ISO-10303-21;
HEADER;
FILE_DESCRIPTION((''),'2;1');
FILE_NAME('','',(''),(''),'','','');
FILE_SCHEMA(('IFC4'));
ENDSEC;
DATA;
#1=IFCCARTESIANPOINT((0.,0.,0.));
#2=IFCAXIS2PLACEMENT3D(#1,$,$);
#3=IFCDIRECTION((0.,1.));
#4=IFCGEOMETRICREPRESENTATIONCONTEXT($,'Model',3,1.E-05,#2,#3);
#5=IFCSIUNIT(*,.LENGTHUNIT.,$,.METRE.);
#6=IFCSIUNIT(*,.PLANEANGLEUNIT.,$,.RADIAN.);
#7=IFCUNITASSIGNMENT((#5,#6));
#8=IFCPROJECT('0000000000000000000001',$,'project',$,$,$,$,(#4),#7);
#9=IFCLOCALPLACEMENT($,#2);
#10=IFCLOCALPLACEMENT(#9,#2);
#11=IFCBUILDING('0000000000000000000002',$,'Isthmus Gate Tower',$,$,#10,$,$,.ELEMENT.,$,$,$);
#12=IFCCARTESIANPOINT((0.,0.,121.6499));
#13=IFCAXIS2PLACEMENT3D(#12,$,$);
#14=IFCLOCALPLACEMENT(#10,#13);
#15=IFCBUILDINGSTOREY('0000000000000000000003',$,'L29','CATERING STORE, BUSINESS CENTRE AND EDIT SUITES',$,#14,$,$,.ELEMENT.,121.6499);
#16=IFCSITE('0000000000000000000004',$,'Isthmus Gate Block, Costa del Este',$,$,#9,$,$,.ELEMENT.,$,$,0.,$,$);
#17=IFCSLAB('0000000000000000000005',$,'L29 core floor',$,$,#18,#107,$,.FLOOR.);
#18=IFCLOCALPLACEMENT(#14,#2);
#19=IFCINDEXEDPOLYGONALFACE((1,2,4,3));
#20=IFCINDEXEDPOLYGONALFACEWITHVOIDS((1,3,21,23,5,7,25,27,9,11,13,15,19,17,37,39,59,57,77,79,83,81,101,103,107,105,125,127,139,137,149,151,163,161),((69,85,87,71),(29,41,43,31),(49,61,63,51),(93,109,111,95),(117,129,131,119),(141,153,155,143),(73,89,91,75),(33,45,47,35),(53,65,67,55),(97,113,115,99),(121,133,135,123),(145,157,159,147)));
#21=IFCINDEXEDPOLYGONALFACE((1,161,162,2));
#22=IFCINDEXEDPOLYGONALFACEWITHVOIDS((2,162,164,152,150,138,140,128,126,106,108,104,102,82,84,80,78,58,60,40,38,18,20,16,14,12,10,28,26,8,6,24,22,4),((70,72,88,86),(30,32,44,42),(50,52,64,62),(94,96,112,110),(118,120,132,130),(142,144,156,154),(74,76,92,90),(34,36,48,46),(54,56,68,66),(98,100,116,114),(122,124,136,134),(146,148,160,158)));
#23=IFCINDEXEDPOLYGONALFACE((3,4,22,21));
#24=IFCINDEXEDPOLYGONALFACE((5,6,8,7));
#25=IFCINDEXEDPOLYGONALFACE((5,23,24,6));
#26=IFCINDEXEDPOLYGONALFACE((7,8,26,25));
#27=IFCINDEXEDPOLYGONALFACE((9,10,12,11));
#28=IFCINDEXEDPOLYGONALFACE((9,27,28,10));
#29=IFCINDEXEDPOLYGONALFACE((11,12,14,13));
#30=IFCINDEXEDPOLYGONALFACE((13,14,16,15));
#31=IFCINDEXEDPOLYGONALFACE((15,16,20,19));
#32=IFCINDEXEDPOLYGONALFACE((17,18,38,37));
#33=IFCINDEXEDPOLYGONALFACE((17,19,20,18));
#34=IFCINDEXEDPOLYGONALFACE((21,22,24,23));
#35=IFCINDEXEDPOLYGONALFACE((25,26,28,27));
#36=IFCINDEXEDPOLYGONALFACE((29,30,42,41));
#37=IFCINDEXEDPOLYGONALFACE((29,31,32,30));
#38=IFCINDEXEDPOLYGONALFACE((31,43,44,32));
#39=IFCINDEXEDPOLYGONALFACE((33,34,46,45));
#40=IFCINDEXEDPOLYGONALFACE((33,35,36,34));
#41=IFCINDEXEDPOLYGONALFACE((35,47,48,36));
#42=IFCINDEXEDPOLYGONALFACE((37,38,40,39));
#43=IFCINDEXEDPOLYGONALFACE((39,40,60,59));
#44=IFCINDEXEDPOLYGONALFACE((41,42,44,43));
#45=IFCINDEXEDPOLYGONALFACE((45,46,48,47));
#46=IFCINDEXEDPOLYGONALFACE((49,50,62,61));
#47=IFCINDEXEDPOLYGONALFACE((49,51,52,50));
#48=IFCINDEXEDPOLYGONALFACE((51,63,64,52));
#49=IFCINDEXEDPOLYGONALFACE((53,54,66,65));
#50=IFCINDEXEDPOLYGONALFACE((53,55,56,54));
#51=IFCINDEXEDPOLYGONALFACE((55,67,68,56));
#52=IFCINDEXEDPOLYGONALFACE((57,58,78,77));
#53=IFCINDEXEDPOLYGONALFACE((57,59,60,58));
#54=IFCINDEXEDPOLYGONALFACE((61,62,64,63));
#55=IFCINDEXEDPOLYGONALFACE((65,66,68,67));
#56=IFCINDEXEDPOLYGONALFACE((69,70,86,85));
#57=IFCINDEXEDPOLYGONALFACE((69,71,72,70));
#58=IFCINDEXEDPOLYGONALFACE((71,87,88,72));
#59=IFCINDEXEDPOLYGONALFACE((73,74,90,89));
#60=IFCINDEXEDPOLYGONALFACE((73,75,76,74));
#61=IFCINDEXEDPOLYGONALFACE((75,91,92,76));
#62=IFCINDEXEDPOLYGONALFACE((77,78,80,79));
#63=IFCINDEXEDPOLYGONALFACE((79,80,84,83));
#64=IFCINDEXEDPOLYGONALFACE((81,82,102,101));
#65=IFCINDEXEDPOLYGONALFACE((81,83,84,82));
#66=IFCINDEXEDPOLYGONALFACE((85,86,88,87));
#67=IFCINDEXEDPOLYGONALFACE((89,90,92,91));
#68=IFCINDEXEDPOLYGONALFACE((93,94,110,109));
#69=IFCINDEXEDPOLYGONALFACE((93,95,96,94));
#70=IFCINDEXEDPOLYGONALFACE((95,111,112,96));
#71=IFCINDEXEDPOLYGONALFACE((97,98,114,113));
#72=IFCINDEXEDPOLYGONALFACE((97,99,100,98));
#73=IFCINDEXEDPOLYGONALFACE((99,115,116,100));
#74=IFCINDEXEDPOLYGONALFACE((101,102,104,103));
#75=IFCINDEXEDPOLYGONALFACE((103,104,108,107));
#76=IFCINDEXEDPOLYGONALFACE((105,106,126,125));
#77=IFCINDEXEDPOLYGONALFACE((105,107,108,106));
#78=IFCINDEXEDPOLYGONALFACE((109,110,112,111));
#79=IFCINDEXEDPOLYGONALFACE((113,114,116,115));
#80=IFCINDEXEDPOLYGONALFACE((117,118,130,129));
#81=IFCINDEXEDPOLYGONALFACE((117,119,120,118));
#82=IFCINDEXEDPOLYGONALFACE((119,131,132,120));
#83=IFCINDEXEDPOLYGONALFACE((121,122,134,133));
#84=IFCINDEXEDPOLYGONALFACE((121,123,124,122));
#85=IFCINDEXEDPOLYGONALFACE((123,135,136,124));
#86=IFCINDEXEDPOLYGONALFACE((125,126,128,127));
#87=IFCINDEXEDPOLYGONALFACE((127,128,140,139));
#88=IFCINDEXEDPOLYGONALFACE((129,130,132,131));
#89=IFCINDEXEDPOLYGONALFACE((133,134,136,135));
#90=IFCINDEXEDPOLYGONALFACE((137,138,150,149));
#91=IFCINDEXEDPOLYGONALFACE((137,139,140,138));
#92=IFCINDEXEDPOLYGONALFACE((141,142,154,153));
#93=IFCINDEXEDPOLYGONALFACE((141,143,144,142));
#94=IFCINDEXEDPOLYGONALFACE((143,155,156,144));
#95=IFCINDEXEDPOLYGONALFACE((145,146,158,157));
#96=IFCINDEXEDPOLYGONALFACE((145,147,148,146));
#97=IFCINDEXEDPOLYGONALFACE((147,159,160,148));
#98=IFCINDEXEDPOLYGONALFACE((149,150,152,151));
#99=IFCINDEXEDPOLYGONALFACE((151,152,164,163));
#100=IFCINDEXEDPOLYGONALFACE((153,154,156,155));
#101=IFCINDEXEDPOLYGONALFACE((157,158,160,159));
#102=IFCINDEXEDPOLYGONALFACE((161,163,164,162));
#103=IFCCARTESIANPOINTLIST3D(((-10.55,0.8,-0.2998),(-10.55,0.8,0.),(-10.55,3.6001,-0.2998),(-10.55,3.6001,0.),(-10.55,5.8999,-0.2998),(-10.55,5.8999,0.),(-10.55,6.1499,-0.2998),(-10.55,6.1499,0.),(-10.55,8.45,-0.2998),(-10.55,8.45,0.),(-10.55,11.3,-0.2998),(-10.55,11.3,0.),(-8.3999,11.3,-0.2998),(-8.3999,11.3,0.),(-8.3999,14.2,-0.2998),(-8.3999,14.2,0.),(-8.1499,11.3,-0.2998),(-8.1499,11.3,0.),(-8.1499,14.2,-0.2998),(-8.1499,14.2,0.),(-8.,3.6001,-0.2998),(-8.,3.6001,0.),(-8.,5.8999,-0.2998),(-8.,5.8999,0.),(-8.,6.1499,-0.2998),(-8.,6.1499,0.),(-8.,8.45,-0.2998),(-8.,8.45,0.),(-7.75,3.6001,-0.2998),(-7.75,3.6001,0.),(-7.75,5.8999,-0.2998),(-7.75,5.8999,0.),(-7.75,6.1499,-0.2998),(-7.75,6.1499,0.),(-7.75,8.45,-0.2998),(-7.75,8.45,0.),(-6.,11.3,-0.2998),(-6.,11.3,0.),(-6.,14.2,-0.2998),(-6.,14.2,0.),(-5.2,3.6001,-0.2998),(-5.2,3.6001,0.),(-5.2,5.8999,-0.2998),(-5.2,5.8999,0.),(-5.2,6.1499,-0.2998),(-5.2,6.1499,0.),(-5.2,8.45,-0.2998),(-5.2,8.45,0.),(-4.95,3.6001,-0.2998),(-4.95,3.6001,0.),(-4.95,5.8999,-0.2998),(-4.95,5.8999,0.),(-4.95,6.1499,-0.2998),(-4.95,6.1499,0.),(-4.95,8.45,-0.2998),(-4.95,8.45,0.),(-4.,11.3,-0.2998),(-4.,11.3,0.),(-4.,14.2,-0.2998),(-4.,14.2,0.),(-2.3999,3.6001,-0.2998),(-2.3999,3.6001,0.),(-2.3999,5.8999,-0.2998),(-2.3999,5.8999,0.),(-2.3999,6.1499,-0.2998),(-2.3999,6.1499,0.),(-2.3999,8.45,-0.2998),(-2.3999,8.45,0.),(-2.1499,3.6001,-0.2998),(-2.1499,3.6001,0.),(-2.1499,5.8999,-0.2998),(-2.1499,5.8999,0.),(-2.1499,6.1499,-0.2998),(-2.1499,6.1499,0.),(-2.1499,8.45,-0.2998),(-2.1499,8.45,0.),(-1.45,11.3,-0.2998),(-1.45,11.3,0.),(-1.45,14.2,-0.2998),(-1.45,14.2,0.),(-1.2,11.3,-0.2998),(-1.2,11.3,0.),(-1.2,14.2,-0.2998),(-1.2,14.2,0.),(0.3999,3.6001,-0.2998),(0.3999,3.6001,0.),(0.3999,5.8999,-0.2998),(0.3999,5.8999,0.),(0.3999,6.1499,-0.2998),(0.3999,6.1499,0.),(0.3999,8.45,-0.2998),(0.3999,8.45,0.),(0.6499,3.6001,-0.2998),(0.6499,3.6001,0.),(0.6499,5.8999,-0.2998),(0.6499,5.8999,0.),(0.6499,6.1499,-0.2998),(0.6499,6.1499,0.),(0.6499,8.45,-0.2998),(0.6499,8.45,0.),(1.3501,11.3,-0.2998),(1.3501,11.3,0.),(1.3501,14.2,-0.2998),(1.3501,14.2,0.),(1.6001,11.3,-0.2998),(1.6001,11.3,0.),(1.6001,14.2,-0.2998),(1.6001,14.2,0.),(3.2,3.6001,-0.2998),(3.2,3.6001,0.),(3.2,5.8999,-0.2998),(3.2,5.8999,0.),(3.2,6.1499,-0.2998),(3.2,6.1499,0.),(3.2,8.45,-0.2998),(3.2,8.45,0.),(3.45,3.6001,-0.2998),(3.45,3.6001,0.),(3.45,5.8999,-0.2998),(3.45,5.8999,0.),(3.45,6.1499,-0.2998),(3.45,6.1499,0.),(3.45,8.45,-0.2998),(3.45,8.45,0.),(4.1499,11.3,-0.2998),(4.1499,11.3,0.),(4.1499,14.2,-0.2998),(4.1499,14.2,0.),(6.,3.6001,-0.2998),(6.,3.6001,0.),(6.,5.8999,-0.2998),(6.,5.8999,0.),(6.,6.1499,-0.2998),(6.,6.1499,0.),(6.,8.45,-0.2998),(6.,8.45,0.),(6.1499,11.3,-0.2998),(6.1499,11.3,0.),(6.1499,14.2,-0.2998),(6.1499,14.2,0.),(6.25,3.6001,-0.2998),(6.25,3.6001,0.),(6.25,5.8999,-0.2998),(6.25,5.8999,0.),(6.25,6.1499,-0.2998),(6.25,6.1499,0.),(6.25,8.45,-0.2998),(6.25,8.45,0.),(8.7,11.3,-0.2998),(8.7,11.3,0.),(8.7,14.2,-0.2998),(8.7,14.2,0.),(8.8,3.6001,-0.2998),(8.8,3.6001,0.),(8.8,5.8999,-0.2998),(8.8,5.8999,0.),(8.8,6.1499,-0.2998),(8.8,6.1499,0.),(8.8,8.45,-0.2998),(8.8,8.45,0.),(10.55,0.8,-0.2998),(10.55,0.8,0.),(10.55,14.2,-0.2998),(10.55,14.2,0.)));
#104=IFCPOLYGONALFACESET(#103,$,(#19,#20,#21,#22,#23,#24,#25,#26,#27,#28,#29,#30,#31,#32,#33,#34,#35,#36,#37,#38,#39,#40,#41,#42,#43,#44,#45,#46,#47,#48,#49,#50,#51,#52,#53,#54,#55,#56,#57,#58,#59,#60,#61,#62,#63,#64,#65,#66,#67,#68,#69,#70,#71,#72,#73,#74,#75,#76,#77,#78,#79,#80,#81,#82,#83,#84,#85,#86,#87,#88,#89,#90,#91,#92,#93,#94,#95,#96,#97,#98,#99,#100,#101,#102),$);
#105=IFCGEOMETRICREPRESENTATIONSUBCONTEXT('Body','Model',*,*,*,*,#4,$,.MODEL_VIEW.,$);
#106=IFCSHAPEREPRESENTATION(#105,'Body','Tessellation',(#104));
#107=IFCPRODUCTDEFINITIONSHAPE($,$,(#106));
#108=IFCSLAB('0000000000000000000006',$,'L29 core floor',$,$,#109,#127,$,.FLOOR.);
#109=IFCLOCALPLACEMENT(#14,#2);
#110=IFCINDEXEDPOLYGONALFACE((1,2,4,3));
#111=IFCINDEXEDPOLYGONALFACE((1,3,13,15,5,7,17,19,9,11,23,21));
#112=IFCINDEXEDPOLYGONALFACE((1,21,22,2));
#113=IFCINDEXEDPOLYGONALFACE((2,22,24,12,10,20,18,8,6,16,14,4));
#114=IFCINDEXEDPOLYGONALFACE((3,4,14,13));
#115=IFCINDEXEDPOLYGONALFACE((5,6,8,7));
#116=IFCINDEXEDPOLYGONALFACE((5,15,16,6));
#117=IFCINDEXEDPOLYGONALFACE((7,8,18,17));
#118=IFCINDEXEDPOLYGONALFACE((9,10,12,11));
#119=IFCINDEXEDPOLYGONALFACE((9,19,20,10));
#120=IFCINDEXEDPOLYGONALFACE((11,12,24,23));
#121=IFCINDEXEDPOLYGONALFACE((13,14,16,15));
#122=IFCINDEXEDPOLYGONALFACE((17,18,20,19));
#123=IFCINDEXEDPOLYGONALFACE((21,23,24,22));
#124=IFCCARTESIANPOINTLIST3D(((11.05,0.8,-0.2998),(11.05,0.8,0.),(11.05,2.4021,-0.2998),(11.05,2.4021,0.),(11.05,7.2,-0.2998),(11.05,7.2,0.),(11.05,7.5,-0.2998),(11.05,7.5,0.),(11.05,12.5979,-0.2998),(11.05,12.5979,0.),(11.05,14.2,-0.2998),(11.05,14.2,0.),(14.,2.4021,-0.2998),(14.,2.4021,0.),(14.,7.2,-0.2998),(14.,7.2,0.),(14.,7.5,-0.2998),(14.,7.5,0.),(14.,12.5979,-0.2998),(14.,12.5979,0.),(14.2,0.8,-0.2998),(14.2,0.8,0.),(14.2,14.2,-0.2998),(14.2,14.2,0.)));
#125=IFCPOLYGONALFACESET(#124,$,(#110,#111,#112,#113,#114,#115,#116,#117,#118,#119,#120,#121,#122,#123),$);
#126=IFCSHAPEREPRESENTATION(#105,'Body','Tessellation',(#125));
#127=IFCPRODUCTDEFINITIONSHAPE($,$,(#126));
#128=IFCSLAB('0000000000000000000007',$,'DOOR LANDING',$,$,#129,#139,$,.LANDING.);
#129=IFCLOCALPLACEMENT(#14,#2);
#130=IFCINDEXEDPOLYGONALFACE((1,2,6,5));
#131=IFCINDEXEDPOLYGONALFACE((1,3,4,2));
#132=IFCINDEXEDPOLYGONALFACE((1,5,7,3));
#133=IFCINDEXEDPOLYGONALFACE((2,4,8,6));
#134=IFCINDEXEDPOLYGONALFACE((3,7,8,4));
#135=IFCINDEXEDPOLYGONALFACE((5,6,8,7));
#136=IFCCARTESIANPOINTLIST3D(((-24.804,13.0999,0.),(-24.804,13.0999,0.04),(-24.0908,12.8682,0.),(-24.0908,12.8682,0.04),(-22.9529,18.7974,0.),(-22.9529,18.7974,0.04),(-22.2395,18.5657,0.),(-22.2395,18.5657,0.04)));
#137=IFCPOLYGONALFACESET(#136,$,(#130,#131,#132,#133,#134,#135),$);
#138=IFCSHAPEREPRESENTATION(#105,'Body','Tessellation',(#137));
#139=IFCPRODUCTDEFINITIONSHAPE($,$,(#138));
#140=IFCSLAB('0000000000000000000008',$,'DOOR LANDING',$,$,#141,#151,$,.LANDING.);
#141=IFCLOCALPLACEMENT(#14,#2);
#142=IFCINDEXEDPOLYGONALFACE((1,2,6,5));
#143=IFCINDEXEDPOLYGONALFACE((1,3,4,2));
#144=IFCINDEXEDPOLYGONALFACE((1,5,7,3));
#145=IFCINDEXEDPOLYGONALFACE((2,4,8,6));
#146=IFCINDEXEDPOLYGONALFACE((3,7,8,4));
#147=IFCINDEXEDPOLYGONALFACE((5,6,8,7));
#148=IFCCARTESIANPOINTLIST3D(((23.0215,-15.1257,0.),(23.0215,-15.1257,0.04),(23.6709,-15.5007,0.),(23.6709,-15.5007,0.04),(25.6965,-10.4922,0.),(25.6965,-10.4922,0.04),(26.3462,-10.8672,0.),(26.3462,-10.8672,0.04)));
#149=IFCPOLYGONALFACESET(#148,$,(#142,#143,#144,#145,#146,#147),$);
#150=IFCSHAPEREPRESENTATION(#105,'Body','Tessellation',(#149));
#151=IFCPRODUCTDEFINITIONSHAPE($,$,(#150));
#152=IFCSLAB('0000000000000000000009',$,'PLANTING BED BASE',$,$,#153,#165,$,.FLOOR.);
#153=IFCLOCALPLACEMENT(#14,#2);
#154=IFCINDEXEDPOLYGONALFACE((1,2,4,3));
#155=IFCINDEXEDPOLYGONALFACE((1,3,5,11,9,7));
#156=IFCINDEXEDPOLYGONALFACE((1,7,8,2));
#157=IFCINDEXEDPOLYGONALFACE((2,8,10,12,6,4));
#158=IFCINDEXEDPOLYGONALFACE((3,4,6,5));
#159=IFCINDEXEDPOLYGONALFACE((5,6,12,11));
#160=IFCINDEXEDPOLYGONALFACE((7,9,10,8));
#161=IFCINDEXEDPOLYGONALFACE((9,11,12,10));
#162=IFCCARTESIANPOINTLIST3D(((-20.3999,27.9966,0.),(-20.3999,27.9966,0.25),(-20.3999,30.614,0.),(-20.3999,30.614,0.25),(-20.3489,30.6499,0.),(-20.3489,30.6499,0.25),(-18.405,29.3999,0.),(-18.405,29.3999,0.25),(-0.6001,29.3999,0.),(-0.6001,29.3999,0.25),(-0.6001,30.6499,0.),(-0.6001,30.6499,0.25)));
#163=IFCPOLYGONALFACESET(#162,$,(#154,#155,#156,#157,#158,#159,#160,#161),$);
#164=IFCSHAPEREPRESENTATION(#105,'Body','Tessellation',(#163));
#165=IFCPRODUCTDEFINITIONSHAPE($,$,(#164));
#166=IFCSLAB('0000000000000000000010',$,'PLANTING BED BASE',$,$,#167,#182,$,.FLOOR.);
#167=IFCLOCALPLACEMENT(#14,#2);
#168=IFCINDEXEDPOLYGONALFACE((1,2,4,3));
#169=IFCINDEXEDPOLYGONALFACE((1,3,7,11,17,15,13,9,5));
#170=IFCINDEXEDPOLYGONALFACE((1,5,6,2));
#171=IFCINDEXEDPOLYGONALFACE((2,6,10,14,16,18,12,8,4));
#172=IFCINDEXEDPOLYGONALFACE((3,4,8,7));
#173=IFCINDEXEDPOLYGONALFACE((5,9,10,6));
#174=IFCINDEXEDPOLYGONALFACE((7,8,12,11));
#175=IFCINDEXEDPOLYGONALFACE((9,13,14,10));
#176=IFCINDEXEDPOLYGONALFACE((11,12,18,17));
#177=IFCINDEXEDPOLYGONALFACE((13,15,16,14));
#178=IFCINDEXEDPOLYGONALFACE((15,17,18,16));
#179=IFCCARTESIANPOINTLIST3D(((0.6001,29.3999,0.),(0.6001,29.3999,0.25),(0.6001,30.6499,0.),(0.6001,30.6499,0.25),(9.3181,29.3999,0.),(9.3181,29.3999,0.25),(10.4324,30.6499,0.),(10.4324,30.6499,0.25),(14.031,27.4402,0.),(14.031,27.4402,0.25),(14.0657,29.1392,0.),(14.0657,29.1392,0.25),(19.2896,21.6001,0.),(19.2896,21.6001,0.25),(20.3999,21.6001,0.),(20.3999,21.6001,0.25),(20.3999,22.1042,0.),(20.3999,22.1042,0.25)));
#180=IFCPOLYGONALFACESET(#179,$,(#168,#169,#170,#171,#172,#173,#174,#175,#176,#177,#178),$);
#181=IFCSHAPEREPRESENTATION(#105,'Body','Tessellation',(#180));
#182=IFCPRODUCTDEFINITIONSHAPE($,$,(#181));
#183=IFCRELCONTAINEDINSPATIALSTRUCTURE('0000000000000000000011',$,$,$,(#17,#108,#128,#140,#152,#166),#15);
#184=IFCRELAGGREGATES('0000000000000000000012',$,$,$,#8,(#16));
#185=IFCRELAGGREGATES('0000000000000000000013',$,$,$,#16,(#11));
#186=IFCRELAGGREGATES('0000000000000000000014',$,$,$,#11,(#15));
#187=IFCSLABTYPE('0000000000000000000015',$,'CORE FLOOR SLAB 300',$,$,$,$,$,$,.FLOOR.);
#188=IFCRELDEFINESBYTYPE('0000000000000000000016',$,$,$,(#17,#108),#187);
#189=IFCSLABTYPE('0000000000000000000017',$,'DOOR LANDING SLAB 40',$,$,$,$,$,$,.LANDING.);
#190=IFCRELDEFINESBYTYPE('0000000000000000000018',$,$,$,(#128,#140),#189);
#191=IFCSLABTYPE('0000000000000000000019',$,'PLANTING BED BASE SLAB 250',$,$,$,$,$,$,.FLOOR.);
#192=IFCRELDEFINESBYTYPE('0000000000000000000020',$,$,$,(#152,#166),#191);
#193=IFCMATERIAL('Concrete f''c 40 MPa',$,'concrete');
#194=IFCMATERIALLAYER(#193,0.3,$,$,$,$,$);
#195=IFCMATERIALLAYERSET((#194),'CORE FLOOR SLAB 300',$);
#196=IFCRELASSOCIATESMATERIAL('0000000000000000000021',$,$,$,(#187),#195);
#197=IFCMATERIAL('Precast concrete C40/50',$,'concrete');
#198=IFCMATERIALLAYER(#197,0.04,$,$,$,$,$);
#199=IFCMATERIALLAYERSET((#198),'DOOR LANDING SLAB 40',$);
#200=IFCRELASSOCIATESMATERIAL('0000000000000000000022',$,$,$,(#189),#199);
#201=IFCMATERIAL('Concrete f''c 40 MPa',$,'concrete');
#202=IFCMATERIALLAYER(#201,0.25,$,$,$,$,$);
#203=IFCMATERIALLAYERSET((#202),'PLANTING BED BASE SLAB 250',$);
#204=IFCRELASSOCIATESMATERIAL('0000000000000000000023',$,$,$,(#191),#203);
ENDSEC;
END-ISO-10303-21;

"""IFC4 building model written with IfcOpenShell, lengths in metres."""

from ifc_helpers import new_model, si_unit, direction, frame, origin, place, context, subcontext, project, spatial, polyline, outline, extrude, material, layer, layer_set, type_object, element, save


model = new_model("IFC4")

# Units and contexts
model_context = context("Model", 3, precision=1e-05, world=origin(), true_north=direction((0.0, 1.0)))
body_context = subcontext(model_context, "Body", "Model", "MODEL_VIEW")
ifc_project = project(units=[si_unit("LENGTHUNIT", "METRE"), si_unit("PLANEANGLEUNIT", "RADIAN")], contexts=[model_context])

# Site, building, storey
site_placement = place(None, origin())
site = spatial("IfcSite", under=ifc_project, at=site_placement, Name="Isthmus Gate Block, Costa del Este", CompositionType="ELEMENT", RefElevation=0.0)
building_placement = place(site_placement, origin())
building = spatial("IfcBuilding", under=site, at=building_placement, Name="Isthmus Gate Tower", CompositionType="ELEMENT")
storey_placement = place(building_placement, frame((0.0, 0.0, 121.6499)))
storey = spatial("IfcBuildingStorey", under=building, at=storey_placement, Name="L29", Description="CATERING STORE, BUSINESS CENTRE AND EDIT SUITES", CompositionType="ELEMENT", Elevation=121.6499)

# Slabs
ifc_material_1 = material(Name="Concrete f'c 40 MPa", Category="concrete")
ifc_layer_1 = layer(ifc_material_1, 0.3)
ifc_layer_set_1 = layer_set([ifc_layer_1], Name="CORE FLOOR SLAB 300")
slab_type_1 = type_object("IfcSlabType", Name="CORE FLOOR SLAB 300", PredefinedType="FLOOR", material=ifc_layer_set_1)
slab_1_placement = place(storey_placement, frame((0.0, 0.0, -0.2998)))
element("IfcSlab", 1, at=slab_1_placement, inside=storey, type_object=slab_type_1, Name="L29 core floor", PredefinedType="FLOOR", context=body_context, shape_type="SweptSolid", body=[
    extrude(outline(polyline([(10.55, 14.2), (8.7, 14.2), (8.7, 11.3), (6.1499, 11.3), (6.1499, 14.2), (4.1499, 14.2), (4.1499, 11.3), (1.6001, 11.3), (1.6001, 14.2), (1.3501, 14.2), (1.3501, 11.3), (-1.2, 11.3), (-1.2, 14.2), (-1.45, 14.2), (-1.45, 11.3), (-4.0, 11.3), (-4.0, 14.2), (-6.0, 14.2), (-6.0, 11.3), (-8.1499, 11.3), (-8.1499, 14.2), (-8.3999, 14.2), (-8.3999, 11.3), (-10.55, 11.3), (-10.55, 8.45), (-8.0, 8.45), (-8.0, 6.1499), (-10.55, 6.1499), (-10.55, 5.8999), (-8.0, 5.8999), (-8.0, 3.6001), (-10.55, 3.6001), (-10.55, 0.8), (10.55, 0.8), (10.55, 14.2)]), holes=[polyline([(-5.2, 3.6001), (-7.75, 3.6001), (-7.75, 5.8999), (-5.2, 5.8999), (-5.2, 3.6001)]), polyline([(-2.3999, 3.6001), (-4.95, 3.6001), (-4.95, 5.8999), (-2.3999, 5.8999), (-2.3999, 3.6001)]), polyline([(-5.2, 6.1499), (-7.75, 6.1499), (-7.75, 8.45), (-5.2, 8.45), (-5.2, 6.1499)]), polyline([(-2.3999, 8.45), (-2.3999, 6.1499), (-4.95, 6.1499), (-4.95, 8.45), (-2.3999, 8.45)]), polyline([(0.3999, 6.1499), (-2.1499, 6.1499), (-2.1499, 8.45), (0.3999, 8.45), (0.3999, 6.1499)]), polyline([(0.3999, 5.8999), (0.3999, 3.6001), (-2.1499, 3.6001), (-2.1499, 5.8999), (0.3999, 5.8999)]), polyline([(3.2, 3.6001), (0.6499, 3.6001), (0.6499, 5.8999), (3.2, 5.8999), (3.2, 3.6001)]), polyline([(6.0, 3.6001), (3.45, 3.6001), (3.45, 5.8999), (6.0, 5.8999), (6.0, 3.6001)]), polyline([(8.8, 5.8999), (8.8, 3.6001), (6.25, 3.6001), (6.25, 5.8999), (8.8, 5.8999)]), polyline([(3.2, 6.1499), (0.6499, 6.1499), (0.6499, 8.45), (3.2, 8.45), (3.2, 6.1499)]), polyline([(6.0, 8.45), (6.0, 6.1499), (3.45, 6.1499), (3.45, 8.45), (6.0, 8.45)]), polyline([(8.8, 6.1499), (6.25, 6.1499), (6.25, 8.45), (8.8, 8.45), (8.8, 6.1499)])]), origin(), (0.0, 0.0, 1.0), 0.2998),
])
slab_2_placement = place(storey_placement, frame((0.0, 0.0, -0.2998)))
element("IfcSlab", 2, at=slab_2_placement, inside=storey, type_object=slab_type_1, Name="L29 core floor", PredefinedType="FLOOR", context=body_context, shape_type="SweptSolid", body=[
    extrude(outline(polyline([(11.05, 14.2), (11.05, 12.5979), (14.0, 12.5979), (14.0, 7.5), (11.05, 7.5), (11.05, 7.2), (14.0, 7.2), (14.0, 2.4021), (11.05, 2.4021), (11.05, 0.8), (14.2, 0.8), (14.2, 14.2), (11.05, 14.2)])), origin(), (0.0, 0.0, 1.0), 0.2998),
])
ifc_material_2 = material(Name="Precast concrete C40/50", Category="concrete")
ifc_layer_2 = layer(ifc_material_2, 0.04)
ifc_layer_set_2 = layer_set([ifc_layer_2], Name="DOOR LANDING SLAB 40")
slab_type_2 = type_object("IfcSlabType", Name="DOOR LANDING SLAB 40", PredefinedType="LANDING", material=ifc_layer_set_2)
slab_3_placement = place(storey_placement, origin())
element("IfcSlab", 3, at=slab_3_placement, inside=storey, type_object=slab_type_2, Name="DOOR LANDING", PredefinedType="LANDING", context=body_context, shape_type="SweptSolid", body=[
    extrude(outline(polyline([(-22.9529, 18.7974), (-24.804, 13.0999), (-24.0908, 12.8682), (-22.2395, 18.5657), (-22.9529, 18.7974)])), origin(), (0.0, 0.0, 1.0), 0.04),
])
slab_4_placement = place(storey_placement, origin())
element("IfcSlab", 4, at=slab_4_placement, inside=storey, type_object=slab_type_2, Name="DOOR LANDING", PredefinedType="LANDING", context=body_context, shape_type="SweptSolid", body=[
    extrude(outline(polyline([(23.6709, -15.5007), (26.3462, -10.8672), (25.6965, -10.4922), (23.0215, -15.1257), (23.6709, -15.5007)])), origin(), (0.0, 0.0, 1.0), 0.04),
])
ifc_material_3 = material(Name="Concrete f'c 40 MPa", Category="concrete")
ifc_layer_3 = layer(ifc_material_3, 0.25)
ifc_layer_set_3 = layer_set([ifc_layer_3], Name="PLANTING BED BASE SLAB 250")
slab_type_3 = type_object("IfcSlabType", Name="PLANTING BED BASE SLAB 250", PredefinedType="FLOOR", material=ifc_layer_set_3)
slab_5_placement = place(storey_placement, origin())
element("IfcSlab", 5, at=slab_5_placement, inside=storey, type_object=slab_type_3, Name="PLANTING BED BASE", PredefinedType="FLOOR", context=body_context, shape_type="SweptSolid", body=[
    extrude(outline(polyline([(-0.6001, 29.3999), (-0.6001, 30.6499), (-20.3489, 30.6499), (-20.3999, 30.614), (-20.3999, 27.9966), (-18.405, 29.3999), (-0.6001, 29.3999)])), origin(), (0.0, 0.0, 1.0), 0.25),
])
slab_6_placement = place(storey_placement, origin())
element("IfcSlab", 6, at=slab_6_placement, inside=storey, type_object=slab_type_3, Name="PLANTING BED BASE", PredefinedType="FLOOR", context=body_context, shape_type="SweptSolid", body=[
    extrude(outline(polyline([(20.3999, 21.6001), (20.3999, 22.1042), (14.0657, 29.1392), (10.4324, 30.6499), (0.6001, 30.6499), (0.6001, 29.3999), (9.3181, 29.3999), (14.031, 27.4402), (19.2896, 21.6001), (20.3999, 21.6001)])), origin(), (0.0, 0.0, 1.0), 0.25),
])

save(model, "model.ifc")
